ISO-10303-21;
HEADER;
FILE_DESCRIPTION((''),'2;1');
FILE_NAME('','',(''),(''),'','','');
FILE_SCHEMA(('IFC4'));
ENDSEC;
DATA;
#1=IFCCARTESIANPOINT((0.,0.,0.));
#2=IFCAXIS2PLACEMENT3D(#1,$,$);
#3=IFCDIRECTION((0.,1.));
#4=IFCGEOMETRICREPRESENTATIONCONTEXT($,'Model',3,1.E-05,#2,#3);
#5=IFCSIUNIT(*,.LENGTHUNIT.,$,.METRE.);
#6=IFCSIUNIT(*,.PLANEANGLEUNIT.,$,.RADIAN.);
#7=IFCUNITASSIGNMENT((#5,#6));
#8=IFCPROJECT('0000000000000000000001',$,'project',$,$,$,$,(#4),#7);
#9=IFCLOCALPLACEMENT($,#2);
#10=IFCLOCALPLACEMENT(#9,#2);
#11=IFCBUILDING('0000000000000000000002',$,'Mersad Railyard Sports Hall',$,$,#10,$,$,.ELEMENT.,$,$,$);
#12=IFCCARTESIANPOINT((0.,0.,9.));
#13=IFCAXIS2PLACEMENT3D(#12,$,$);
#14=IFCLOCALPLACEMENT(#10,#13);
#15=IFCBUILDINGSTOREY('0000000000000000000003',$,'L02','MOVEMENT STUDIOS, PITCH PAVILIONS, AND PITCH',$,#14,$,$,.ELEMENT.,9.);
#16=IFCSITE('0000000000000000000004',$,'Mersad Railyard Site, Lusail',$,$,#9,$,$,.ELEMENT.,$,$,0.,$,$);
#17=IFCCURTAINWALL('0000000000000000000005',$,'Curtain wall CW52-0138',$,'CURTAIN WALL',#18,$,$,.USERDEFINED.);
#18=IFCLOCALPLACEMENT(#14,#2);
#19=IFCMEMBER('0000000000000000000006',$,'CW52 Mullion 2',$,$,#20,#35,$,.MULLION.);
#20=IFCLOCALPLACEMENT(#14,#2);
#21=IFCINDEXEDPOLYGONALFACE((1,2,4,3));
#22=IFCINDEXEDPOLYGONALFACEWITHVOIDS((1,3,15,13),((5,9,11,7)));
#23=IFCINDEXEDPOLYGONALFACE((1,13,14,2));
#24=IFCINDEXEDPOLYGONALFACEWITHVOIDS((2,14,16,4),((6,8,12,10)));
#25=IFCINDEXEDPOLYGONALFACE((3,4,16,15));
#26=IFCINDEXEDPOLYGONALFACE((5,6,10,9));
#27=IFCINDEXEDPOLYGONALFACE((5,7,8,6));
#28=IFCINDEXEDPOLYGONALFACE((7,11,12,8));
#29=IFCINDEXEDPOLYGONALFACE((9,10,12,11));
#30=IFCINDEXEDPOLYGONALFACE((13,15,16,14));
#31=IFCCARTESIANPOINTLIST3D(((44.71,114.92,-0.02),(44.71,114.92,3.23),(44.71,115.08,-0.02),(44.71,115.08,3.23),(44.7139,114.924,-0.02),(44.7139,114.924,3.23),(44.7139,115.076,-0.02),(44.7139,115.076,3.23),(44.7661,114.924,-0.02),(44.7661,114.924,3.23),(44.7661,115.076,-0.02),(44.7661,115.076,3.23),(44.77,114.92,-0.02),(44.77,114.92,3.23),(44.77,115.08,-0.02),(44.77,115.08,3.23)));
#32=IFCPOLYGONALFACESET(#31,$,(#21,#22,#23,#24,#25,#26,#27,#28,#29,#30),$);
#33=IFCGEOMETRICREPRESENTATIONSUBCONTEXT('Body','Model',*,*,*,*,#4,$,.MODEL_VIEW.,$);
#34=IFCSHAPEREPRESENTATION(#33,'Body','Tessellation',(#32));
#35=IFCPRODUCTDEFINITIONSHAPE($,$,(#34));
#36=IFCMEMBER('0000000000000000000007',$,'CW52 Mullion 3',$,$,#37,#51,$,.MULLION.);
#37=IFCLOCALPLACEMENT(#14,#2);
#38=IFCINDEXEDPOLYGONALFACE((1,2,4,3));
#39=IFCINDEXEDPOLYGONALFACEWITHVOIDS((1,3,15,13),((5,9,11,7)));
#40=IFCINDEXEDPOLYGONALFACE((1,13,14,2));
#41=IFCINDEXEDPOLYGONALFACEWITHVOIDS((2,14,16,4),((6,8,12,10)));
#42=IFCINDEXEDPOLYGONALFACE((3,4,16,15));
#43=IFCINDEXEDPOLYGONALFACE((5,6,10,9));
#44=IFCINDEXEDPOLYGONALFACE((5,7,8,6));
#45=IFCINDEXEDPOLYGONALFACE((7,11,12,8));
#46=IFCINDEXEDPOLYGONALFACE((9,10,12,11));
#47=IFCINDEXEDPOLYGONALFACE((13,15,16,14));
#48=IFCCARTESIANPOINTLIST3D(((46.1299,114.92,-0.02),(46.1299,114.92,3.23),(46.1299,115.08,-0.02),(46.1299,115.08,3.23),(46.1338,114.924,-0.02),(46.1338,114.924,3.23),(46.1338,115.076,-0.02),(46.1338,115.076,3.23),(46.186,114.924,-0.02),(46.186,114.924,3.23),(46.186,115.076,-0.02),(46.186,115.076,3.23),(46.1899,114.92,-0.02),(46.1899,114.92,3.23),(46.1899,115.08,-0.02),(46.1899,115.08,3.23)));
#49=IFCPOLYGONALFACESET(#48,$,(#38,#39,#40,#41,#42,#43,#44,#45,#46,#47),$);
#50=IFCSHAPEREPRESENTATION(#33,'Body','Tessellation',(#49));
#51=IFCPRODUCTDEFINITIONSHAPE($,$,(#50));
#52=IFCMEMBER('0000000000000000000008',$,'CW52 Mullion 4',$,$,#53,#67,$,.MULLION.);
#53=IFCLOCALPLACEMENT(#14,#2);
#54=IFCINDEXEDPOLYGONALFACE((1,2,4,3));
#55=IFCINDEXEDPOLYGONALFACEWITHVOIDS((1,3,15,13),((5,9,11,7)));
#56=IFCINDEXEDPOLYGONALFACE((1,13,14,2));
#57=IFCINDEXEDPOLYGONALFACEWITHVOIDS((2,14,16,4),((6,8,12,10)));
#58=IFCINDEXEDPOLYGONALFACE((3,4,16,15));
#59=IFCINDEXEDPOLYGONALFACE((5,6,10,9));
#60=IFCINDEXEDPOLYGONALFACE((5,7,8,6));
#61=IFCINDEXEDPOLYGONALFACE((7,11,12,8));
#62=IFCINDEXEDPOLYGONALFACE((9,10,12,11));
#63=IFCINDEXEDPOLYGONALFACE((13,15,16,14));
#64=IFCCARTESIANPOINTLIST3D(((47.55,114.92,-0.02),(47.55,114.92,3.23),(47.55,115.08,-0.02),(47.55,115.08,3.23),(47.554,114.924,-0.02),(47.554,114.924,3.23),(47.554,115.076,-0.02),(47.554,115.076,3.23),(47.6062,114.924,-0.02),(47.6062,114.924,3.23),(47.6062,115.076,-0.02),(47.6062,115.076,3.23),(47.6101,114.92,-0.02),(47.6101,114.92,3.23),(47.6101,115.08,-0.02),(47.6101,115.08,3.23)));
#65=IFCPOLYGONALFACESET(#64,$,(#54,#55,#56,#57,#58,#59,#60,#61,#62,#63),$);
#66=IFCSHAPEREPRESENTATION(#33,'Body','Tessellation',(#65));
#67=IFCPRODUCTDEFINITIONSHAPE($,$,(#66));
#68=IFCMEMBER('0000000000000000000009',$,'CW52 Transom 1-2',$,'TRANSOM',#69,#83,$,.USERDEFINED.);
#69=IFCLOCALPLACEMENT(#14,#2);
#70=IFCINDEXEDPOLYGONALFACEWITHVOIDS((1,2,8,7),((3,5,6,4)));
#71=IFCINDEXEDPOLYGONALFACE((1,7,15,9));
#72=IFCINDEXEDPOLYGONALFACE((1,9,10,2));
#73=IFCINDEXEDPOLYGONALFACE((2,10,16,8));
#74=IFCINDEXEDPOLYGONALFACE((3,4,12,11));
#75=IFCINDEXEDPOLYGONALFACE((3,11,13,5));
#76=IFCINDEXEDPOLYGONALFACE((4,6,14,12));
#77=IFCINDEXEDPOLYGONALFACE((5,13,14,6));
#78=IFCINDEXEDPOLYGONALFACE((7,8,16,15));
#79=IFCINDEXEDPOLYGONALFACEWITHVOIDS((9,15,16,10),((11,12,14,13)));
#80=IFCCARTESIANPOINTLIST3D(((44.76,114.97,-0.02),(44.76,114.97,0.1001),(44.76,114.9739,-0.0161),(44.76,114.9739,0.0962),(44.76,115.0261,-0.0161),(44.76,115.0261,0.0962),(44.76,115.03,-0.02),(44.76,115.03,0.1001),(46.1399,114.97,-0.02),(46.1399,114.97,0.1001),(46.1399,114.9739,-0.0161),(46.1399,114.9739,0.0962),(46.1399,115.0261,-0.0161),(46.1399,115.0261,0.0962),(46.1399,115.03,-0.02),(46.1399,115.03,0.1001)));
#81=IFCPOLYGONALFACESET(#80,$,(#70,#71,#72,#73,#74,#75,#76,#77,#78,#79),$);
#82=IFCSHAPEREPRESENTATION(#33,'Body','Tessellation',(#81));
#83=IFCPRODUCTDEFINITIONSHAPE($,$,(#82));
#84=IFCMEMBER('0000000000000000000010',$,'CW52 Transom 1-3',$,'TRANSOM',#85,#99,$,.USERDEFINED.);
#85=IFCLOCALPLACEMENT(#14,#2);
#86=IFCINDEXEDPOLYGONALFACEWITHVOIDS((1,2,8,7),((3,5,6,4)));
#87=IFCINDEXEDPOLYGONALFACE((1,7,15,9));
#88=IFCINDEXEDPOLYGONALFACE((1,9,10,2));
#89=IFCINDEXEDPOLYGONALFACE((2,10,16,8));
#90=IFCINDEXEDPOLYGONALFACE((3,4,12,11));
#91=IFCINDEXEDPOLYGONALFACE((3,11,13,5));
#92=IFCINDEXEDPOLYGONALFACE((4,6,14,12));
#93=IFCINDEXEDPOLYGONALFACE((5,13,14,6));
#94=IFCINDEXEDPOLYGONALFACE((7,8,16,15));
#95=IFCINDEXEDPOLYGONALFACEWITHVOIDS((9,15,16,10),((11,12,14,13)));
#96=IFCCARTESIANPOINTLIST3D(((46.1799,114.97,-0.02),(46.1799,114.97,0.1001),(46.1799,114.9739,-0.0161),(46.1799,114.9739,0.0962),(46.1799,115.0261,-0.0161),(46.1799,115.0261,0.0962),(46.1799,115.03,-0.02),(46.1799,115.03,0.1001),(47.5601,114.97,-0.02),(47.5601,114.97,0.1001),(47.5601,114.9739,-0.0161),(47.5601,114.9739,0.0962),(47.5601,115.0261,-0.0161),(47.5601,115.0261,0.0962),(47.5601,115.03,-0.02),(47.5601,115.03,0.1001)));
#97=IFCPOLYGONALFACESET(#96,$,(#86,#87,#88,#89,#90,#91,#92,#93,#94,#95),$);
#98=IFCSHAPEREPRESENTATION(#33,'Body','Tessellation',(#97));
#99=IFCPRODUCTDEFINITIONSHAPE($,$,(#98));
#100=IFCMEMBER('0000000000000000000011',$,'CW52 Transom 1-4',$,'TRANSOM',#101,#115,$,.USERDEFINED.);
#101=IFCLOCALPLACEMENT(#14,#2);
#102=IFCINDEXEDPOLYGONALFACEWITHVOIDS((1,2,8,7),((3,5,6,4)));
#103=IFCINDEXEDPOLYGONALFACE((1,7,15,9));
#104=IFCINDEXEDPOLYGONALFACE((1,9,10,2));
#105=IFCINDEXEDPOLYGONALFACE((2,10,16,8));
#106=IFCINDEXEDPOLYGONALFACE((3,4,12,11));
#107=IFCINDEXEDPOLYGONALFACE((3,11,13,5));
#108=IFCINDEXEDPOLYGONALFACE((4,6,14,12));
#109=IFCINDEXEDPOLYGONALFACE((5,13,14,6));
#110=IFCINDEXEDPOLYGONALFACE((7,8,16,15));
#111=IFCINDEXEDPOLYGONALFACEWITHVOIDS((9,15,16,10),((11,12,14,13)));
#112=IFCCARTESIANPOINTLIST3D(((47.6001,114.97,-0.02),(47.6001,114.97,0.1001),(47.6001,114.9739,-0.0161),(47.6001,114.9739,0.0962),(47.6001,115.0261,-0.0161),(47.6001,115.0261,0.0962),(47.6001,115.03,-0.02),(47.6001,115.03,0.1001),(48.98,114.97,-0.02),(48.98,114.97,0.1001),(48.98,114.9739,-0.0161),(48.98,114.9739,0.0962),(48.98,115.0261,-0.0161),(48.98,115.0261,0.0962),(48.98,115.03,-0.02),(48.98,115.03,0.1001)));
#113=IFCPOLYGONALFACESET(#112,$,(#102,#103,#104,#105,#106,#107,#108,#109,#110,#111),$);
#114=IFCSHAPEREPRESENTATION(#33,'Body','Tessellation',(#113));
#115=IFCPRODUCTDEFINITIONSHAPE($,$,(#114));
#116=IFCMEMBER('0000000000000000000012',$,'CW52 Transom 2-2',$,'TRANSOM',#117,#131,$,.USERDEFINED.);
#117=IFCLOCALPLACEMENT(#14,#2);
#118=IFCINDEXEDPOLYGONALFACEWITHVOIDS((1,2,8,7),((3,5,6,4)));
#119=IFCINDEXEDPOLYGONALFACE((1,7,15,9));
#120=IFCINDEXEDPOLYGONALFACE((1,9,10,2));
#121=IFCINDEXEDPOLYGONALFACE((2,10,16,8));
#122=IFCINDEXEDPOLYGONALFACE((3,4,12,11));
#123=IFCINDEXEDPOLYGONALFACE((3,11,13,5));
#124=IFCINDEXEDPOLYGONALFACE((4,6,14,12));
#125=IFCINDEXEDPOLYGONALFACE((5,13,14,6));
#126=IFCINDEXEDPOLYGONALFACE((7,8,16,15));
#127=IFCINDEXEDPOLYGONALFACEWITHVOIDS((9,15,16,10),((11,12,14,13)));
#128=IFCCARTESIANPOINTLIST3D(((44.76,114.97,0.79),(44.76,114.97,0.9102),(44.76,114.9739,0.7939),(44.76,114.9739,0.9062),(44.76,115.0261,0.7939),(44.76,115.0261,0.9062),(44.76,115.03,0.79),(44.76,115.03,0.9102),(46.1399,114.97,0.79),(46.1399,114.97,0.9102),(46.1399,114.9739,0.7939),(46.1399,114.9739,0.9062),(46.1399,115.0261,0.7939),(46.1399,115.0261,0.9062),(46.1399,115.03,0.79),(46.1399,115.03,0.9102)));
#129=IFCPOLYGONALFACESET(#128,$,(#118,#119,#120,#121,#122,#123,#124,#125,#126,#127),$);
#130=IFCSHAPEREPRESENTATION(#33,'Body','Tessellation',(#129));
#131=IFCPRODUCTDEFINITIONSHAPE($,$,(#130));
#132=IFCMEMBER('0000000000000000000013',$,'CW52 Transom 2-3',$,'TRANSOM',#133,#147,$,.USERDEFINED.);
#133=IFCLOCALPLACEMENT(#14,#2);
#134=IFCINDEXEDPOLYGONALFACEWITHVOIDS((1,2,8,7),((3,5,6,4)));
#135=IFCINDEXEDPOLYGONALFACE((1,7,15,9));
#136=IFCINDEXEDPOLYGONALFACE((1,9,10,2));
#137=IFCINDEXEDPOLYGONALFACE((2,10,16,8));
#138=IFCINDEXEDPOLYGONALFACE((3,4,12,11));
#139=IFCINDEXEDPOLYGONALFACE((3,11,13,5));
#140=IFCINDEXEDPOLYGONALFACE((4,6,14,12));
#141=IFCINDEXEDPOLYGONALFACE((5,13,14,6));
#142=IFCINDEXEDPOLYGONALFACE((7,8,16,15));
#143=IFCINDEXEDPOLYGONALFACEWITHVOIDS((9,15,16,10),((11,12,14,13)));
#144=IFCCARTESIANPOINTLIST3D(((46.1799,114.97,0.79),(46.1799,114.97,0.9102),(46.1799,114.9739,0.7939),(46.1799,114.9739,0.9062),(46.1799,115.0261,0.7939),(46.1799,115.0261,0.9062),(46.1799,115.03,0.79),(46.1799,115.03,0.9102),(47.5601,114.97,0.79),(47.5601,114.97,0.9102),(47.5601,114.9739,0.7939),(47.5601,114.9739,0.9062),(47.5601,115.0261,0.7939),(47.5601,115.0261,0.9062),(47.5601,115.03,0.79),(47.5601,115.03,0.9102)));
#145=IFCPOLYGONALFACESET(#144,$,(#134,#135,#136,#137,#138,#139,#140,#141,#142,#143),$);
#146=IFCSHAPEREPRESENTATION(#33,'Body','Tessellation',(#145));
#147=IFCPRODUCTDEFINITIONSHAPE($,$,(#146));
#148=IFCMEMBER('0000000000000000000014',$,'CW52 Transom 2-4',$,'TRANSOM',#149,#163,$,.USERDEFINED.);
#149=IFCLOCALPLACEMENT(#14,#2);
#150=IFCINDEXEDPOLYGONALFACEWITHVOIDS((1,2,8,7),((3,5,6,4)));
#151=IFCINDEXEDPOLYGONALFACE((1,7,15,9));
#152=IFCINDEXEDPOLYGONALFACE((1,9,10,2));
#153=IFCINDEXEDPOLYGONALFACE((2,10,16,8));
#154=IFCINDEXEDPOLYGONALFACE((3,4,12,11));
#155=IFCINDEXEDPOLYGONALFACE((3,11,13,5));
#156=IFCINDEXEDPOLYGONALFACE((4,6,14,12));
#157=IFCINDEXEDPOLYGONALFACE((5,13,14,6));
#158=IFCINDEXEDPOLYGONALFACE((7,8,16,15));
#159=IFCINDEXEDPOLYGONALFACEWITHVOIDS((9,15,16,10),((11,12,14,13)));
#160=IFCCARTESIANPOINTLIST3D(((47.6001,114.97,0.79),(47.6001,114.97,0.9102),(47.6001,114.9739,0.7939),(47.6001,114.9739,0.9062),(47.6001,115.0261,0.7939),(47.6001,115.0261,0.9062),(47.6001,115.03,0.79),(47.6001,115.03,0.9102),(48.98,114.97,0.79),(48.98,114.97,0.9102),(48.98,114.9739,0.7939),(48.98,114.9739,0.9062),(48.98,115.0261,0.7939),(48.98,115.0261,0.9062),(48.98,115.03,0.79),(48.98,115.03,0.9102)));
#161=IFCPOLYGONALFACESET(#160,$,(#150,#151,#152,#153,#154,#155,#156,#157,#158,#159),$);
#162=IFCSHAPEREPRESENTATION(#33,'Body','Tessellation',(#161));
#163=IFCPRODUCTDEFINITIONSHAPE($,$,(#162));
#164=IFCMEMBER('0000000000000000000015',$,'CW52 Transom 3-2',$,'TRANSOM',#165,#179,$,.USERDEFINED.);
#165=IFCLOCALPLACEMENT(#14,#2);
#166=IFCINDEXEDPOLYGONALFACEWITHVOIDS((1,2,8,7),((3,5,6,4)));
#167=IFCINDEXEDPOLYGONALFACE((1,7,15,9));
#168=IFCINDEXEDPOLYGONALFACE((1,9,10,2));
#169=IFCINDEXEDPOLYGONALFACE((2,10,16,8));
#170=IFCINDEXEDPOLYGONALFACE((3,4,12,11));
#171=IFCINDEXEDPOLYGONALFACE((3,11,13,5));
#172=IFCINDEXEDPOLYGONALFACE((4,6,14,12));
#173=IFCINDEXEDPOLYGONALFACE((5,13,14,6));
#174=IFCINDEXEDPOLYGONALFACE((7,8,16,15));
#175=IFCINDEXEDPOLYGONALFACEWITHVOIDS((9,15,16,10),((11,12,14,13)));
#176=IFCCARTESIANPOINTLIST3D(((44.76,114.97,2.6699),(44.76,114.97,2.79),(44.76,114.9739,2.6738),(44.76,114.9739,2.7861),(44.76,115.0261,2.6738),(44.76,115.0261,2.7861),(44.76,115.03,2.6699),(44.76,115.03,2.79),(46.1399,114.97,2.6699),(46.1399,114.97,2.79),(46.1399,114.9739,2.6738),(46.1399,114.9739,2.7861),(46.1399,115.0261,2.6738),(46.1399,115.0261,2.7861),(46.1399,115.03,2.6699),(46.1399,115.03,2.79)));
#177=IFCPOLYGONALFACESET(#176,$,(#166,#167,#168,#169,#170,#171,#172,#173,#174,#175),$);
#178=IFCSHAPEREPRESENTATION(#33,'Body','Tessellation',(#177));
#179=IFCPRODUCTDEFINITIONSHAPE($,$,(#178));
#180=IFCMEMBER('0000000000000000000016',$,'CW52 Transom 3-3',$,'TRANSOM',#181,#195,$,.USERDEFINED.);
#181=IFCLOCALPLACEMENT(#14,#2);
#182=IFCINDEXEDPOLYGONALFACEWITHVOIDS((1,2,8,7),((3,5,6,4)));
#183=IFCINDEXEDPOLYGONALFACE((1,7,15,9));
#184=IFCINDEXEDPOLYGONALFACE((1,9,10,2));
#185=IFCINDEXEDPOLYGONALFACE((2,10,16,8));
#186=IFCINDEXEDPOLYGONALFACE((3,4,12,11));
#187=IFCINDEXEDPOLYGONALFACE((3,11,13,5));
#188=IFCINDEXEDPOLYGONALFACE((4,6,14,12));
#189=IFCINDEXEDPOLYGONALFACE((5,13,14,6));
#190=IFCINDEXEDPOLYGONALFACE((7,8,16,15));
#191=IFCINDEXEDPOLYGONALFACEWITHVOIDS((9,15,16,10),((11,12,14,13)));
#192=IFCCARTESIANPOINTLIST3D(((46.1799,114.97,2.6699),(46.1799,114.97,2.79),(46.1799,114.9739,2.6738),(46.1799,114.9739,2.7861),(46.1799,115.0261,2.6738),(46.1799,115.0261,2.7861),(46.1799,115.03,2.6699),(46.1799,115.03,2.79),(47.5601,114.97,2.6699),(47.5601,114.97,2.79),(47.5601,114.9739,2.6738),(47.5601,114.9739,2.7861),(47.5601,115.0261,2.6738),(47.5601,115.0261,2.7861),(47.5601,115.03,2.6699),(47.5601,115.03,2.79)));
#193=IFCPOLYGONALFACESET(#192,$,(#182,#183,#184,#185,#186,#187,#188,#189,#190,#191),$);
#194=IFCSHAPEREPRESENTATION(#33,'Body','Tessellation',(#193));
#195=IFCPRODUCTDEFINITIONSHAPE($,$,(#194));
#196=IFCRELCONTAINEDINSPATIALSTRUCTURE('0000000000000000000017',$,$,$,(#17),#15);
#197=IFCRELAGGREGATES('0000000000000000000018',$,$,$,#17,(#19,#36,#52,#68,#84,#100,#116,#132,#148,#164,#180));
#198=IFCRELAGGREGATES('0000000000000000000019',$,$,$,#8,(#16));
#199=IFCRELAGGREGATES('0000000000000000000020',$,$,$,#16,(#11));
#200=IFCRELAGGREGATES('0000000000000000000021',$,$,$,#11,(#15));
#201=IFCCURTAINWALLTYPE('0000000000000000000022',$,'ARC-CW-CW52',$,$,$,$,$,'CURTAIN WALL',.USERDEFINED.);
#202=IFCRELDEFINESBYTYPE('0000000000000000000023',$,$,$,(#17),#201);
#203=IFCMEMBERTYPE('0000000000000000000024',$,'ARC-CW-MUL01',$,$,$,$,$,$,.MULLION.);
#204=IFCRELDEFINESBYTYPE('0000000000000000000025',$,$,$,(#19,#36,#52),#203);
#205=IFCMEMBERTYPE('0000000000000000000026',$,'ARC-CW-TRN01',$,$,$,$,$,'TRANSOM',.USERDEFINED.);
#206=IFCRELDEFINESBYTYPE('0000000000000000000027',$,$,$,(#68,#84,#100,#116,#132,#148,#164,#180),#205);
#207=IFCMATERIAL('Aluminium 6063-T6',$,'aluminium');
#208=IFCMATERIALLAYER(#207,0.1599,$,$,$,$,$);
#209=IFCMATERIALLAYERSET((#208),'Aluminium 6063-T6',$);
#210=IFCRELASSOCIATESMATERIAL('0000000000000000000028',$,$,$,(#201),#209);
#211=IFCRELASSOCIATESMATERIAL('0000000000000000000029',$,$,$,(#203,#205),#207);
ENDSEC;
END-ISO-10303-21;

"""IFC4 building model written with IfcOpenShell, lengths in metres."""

from ifc_helpers import new_model, si_unit, direction, frame, origin, origin_2d, place, context, subcontext, project, spatial, hollow_rectangle, extrude, material, layer, layer_set, material_profile, profile_set, type_object, element, aggregate, save


model = new_model("IFC4")

# Units and contexts
model_context = context("Model", 3, precision=1e-05, world=origin(), true_north=direction((0.0, 1.0)))
body_context = subcontext(model_context, "Body", "Model", "MODEL_VIEW")
ifc_project = project(units=[si_unit("LENGTHUNIT", "METRE"), si_unit("PLANEANGLEUNIT", "RADIAN")], contexts=[model_context])

# Site, building, storey
site_placement = place(None, origin())
site = spatial("IfcSite", under=ifc_project, at=site_placement, Name="Mersad Railyard Site, Lusail", CompositionType="ELEMENT", RefElevation=0.0)
building_placement = place(site_placement, origin())
building = spatial("IfcBuilding", under=site, at=building_placement, Name="Mersad Railyard Sports Hall", CompositionType="ELEMENT")
storey_placement = place(building_placement, frame((0.0, 0.0, 9.0)))
storey = spatial("IfcBuildingStorey", under=building, at=storey_placement, Name="L02", Description="MOVEMENT STUDIOS, PITCH PAVILIONS, AND PITCH", CompositionType="ELEMENT", Elevation=9.0)

# Curtain wall, members
ifc_material_1 = material(Name="Aluminium 6063-T6", Category="aluminium")
ifc_layer_1 = layer(ifc_material_1, 0.1599)
ifc_layer_set_1 = layer_set([ifc_layer_1], Name="Aluminium 6063-T6")
curtain_wall_type = type_object("IfcCurtainWallType", Name="ARC-CW-CW52", ElementType="CURTAIN WALL", PredefinedType="USERDEFINED", material=ifc_layer_set_1)
curtain_wall_placement = place(storey_placement, origin())
curtain_wall = element("IfcCurtainWall", 1, at=curtain_wall_placement, inside=storey, type_object=curtain_wall_type, Name="Curtain wall CW52-0138", ObjectType="CURTAIN WALL", PredefinedType="USERDEFINED")
ifc_material_profile_1 = material_profile(ifc_material_1, hollow_rectangle(XDim=0.0601, YDim=0.1599, WallThickness=0.0039, at=origin_2d()), Name="AL MULLION 60x160x4")
ifc_profile_set_1 = profile_set([ifc_material_profile_1], Name="Aluminium 6063-T6")
member_type_1 = type_object("IfcMemberType", Name="ARC-CW-MUL01", PredefinedType="MULLION", material=ifc_profile_set_1)
member_1_placement = place(storey_placement, frame((44.74, 115.0, -0.02), z_axis=(0.0, 0.0, 1.0), x_axis=(1.0, 0.0, 0.0)))
member_1 = element("IfcMember", 2, at=member_1_placement, type_object=member_type_1, Name="CW52 Mullion 2", PredefinedType="MULLION", context=body_context, shape_type="SweptSolid", body=[
    extrude(hollow_rectangle(XDim=0.0601, YDim=0.1599, WallThickness=0.0039, at=origin_2d()), origin(), (0.0, 0.0, 1.0), 3.25),
])
member_2_placement = place(storey_placement, frame((46.1599, 115.0, -0.02), z_axis=(0.0, 0.0, 1.0), x_axis=(1.0, 0.0, 0.0)))
member_2 = element("IfcMember", 3, at=member_2_placement, type_object=member_type_1, Name="CW52 Mullion 3", PredefinedType="MULLION", context=body_context, shape_type="SweptSolid", body=[
    extrude(hollow_rectangle(XDim=0.0601, YDim=0.1599, WallThickness=0.0039, at=origin_2d()), origin(), (0.0, 0.0, 1.0), 3.25),
])
member_3_placement = place(storey_placement, frame((47.5801, 115.0, -0.02), z_axis=(0.0, 0.0, 1.0), x_axis=(1.0, 0.0, 0.0)))
member_3 = element("IfcMember", 4, at=member_3_placement, type_object=member_type_1, Name="CW52 Mullion 4", PredefinedType="MULLION", context=body_context, shape_type="SweptSolid", body=[
    extrude(hollow_rectangle(XDim=0.0601, YDim=0.1599, WallThickness=0.0039, at=origin_2d()), origin(), (0.0, 0.0, 1.0), 3.25),
])
ifc_material_profile_2 = material_profile(ifc_material_1, hollow_rectangle(XDim=0.0601, YDim=0.1201, WallThickness=0.0039, at=origin_2d()), Name="AL TRANSOM 60x120x4")
ifc_profile_set_2 = profile_set([ifc_material_profile_2], Name="Aluminium 6063-T6")
member_type_2 = type_object("IfcMemberType", Name="ARC-CW-TRN01", ElementType="TRANSOM", PredefinedType="USERDEFINED", material=ifc_profile_set_2)
member_4_placement = place(storey_placement, frame((44.76, 115.0, 0.04), z_axis=(1.0, 0.0, 0.0), x_axis=(0.0, 1.0, 0.0)))
member_4 = element("IfcMember", 5, at=member_4_placement, type_object=member_type_2, Name="CW52 Transom 1-2", ObjectType="TRANSOM", PredefinedType="USERDEFINED", context=body_context, shape_type="SweptSolid", body=[
    extrude(hollow_rectangle(XDim=0.0601, YDim=0.1201, WallThickness=0.0039, at=origin_2d()), origin(), (0.0, 0.0, 1.0), 1.3799),
])
member_5_placement = place(storey_placement, frame((46.1799, 115.0, 0.04), z_axis=(1.0, 0.0, 0.0), x_axis=(0.0, 1.0, 0.0)))
member_5 = element("IfcMember", 6, at=member_5_placement, type_object=member_type_2, Name="CW52 Transom 1-3", ObjectType="TRANSOM", PredefinedType="USERDEFINED", context=body_context, shape_type="SweptSolid", body=[
    extrude(hollow_rectangle(XDim=0.0601, YDim=0.1201, WallThickness=0.0039, at=origin_2d()), origin(), (0.0, 0.0, 1.0), 1.3801),
])
member_6_placement = place(storey_placement, frame((47.6001, 115.0, 0.04), z_axis=(1.0, 0.0, 0.0), x_axis=(0.0, 1.0, 0.0)))
member_6 = element("IfcMember", 7, at=member_6_placement, type_object=member_type_2, Name="CW52 Transom 1-4", ObjectType="TRANSOM", PredefinedType="USERDEFINED", context=body_context, shape_type="SweptSolid", body=[
    extrude(hollow_rectangle(XDim=0.0601, YDim=0.1201, WallThickness=0.0039, at=origin_2d()), origin(), (0.0, 0.0, 1.0), 1.3799),
])
member_7_placement = place(storey_placement, frame((44.76, 115.0, 0.8501), z_axis=(1.0, 0.0, 0.0), x_axis=(0.0, 1.0, 0.0)))
member_7 = element("IfcMember", 8, at=member_7_placement, type_object=member_type_2, Name="CW52 Transom 2-2", ObjectType="TRANSOM", PredefinedType="USERDEFINED", context=body_context, shape_type="SweptSolid", body=[
    extrude(hollow_rectangle(XDim=0.0601, YDim=0.1201, WallThickness=0.0039, at=origin_2d()), origin(), (0.0, 0.0, 1.0), 1.3799),
])
member_8_placement = place(storey_placement, frame((46.1799, 115.0, 0.8501), z_axis=(1.0, 0.0, 0.0), x_axis=(0.0, 1.0, 0.0)))
member_8 = element("IfcMember", 9, at=member_8_placement, type_object=member_type_2, Name="CW52 Transom 2-3", ObjectType="TRANSOM", PredefinedType="USERDEFINED", context=body_context, shape_type="SweptSolid", body=[
    extrude(hollow_rectangle(XDim=0.0601, YDim=0.1201, WallThickness=0.0039, at=origin_2d()), origin(), (0.0, 0.0, 1.0), 1.3801),
])
member_9_placement = place(storey_placement, frame((47.6001, 115.0, 0.8501), z_axis=(1.0, 0.0, 0.0), x_axis=(0.0, 1.0, 0.0)))
member_9 = element("IfcMember", 10, at=member_9_placement, type_object=member_type_2, Name="CW52 Transom 2-4", ObjectType="TRANSOM", PredefinedType="USERDEFINED", context=body_context, shape_type="SweptSolid", body=[
    extrude(hollow_rectangle(XDim=0.0601, YDim=0.1201, WallThickness=0.0039, at=origin_2d()), origin(), (0.0, 0.0, 1.0), 1.3799),
])
member_10_placement = place(storey_placement, frame((44.76, 115.0, 2.73), z_axis=(1.0, 0.0, 0.0), x_axis=(0.0, 1.0, 0.0)))
member_10 = element("IfcMember", 11, at=member_10_placement, type_object=member_type_2, Name="CW52 Transom 3-2", ObjectType="TRANSOM", PredefinedType="USERDEFINED", context=body_context, shape_type="SweptSolid", body=[
    extrude(hollow_rectangle(XDim=0.0601, YDim=0.1201, WallThickness=0.0039, at=origin_2d()), origin(), (0.0, 0.0, 1.0), 1.3799),
])
member_11_placement = place(storey_placement, frame((46.1799, 115.0, 2.73), z_axis=(1.0, 0.0, 0.0), x_axis=(0.0, 1.0, 0.0)))
member_11 = element("IfcMember", 12, at=member_11_placement, type_object=member_type_2, Name="CW52 Transom 3-3", ObjectType="TRANSOM", PredefinedType="USERDEFINED", context=body_context, shape_type="SweptSolid", body=[
    extrude(hollow_rectangle(XDim=0.0601, YDim=0.1201, WallThickness=0.0039, at=origin_2d()), origin(), (0.0, 0.0, 1.0), 1.3801),
])
aggregate(curtain_wall, [member_1, member_2, member_3, member_4, member_5, member_6, member_7, member_8, member_9, member_10, member_11])

save(model, "model.ifc")
